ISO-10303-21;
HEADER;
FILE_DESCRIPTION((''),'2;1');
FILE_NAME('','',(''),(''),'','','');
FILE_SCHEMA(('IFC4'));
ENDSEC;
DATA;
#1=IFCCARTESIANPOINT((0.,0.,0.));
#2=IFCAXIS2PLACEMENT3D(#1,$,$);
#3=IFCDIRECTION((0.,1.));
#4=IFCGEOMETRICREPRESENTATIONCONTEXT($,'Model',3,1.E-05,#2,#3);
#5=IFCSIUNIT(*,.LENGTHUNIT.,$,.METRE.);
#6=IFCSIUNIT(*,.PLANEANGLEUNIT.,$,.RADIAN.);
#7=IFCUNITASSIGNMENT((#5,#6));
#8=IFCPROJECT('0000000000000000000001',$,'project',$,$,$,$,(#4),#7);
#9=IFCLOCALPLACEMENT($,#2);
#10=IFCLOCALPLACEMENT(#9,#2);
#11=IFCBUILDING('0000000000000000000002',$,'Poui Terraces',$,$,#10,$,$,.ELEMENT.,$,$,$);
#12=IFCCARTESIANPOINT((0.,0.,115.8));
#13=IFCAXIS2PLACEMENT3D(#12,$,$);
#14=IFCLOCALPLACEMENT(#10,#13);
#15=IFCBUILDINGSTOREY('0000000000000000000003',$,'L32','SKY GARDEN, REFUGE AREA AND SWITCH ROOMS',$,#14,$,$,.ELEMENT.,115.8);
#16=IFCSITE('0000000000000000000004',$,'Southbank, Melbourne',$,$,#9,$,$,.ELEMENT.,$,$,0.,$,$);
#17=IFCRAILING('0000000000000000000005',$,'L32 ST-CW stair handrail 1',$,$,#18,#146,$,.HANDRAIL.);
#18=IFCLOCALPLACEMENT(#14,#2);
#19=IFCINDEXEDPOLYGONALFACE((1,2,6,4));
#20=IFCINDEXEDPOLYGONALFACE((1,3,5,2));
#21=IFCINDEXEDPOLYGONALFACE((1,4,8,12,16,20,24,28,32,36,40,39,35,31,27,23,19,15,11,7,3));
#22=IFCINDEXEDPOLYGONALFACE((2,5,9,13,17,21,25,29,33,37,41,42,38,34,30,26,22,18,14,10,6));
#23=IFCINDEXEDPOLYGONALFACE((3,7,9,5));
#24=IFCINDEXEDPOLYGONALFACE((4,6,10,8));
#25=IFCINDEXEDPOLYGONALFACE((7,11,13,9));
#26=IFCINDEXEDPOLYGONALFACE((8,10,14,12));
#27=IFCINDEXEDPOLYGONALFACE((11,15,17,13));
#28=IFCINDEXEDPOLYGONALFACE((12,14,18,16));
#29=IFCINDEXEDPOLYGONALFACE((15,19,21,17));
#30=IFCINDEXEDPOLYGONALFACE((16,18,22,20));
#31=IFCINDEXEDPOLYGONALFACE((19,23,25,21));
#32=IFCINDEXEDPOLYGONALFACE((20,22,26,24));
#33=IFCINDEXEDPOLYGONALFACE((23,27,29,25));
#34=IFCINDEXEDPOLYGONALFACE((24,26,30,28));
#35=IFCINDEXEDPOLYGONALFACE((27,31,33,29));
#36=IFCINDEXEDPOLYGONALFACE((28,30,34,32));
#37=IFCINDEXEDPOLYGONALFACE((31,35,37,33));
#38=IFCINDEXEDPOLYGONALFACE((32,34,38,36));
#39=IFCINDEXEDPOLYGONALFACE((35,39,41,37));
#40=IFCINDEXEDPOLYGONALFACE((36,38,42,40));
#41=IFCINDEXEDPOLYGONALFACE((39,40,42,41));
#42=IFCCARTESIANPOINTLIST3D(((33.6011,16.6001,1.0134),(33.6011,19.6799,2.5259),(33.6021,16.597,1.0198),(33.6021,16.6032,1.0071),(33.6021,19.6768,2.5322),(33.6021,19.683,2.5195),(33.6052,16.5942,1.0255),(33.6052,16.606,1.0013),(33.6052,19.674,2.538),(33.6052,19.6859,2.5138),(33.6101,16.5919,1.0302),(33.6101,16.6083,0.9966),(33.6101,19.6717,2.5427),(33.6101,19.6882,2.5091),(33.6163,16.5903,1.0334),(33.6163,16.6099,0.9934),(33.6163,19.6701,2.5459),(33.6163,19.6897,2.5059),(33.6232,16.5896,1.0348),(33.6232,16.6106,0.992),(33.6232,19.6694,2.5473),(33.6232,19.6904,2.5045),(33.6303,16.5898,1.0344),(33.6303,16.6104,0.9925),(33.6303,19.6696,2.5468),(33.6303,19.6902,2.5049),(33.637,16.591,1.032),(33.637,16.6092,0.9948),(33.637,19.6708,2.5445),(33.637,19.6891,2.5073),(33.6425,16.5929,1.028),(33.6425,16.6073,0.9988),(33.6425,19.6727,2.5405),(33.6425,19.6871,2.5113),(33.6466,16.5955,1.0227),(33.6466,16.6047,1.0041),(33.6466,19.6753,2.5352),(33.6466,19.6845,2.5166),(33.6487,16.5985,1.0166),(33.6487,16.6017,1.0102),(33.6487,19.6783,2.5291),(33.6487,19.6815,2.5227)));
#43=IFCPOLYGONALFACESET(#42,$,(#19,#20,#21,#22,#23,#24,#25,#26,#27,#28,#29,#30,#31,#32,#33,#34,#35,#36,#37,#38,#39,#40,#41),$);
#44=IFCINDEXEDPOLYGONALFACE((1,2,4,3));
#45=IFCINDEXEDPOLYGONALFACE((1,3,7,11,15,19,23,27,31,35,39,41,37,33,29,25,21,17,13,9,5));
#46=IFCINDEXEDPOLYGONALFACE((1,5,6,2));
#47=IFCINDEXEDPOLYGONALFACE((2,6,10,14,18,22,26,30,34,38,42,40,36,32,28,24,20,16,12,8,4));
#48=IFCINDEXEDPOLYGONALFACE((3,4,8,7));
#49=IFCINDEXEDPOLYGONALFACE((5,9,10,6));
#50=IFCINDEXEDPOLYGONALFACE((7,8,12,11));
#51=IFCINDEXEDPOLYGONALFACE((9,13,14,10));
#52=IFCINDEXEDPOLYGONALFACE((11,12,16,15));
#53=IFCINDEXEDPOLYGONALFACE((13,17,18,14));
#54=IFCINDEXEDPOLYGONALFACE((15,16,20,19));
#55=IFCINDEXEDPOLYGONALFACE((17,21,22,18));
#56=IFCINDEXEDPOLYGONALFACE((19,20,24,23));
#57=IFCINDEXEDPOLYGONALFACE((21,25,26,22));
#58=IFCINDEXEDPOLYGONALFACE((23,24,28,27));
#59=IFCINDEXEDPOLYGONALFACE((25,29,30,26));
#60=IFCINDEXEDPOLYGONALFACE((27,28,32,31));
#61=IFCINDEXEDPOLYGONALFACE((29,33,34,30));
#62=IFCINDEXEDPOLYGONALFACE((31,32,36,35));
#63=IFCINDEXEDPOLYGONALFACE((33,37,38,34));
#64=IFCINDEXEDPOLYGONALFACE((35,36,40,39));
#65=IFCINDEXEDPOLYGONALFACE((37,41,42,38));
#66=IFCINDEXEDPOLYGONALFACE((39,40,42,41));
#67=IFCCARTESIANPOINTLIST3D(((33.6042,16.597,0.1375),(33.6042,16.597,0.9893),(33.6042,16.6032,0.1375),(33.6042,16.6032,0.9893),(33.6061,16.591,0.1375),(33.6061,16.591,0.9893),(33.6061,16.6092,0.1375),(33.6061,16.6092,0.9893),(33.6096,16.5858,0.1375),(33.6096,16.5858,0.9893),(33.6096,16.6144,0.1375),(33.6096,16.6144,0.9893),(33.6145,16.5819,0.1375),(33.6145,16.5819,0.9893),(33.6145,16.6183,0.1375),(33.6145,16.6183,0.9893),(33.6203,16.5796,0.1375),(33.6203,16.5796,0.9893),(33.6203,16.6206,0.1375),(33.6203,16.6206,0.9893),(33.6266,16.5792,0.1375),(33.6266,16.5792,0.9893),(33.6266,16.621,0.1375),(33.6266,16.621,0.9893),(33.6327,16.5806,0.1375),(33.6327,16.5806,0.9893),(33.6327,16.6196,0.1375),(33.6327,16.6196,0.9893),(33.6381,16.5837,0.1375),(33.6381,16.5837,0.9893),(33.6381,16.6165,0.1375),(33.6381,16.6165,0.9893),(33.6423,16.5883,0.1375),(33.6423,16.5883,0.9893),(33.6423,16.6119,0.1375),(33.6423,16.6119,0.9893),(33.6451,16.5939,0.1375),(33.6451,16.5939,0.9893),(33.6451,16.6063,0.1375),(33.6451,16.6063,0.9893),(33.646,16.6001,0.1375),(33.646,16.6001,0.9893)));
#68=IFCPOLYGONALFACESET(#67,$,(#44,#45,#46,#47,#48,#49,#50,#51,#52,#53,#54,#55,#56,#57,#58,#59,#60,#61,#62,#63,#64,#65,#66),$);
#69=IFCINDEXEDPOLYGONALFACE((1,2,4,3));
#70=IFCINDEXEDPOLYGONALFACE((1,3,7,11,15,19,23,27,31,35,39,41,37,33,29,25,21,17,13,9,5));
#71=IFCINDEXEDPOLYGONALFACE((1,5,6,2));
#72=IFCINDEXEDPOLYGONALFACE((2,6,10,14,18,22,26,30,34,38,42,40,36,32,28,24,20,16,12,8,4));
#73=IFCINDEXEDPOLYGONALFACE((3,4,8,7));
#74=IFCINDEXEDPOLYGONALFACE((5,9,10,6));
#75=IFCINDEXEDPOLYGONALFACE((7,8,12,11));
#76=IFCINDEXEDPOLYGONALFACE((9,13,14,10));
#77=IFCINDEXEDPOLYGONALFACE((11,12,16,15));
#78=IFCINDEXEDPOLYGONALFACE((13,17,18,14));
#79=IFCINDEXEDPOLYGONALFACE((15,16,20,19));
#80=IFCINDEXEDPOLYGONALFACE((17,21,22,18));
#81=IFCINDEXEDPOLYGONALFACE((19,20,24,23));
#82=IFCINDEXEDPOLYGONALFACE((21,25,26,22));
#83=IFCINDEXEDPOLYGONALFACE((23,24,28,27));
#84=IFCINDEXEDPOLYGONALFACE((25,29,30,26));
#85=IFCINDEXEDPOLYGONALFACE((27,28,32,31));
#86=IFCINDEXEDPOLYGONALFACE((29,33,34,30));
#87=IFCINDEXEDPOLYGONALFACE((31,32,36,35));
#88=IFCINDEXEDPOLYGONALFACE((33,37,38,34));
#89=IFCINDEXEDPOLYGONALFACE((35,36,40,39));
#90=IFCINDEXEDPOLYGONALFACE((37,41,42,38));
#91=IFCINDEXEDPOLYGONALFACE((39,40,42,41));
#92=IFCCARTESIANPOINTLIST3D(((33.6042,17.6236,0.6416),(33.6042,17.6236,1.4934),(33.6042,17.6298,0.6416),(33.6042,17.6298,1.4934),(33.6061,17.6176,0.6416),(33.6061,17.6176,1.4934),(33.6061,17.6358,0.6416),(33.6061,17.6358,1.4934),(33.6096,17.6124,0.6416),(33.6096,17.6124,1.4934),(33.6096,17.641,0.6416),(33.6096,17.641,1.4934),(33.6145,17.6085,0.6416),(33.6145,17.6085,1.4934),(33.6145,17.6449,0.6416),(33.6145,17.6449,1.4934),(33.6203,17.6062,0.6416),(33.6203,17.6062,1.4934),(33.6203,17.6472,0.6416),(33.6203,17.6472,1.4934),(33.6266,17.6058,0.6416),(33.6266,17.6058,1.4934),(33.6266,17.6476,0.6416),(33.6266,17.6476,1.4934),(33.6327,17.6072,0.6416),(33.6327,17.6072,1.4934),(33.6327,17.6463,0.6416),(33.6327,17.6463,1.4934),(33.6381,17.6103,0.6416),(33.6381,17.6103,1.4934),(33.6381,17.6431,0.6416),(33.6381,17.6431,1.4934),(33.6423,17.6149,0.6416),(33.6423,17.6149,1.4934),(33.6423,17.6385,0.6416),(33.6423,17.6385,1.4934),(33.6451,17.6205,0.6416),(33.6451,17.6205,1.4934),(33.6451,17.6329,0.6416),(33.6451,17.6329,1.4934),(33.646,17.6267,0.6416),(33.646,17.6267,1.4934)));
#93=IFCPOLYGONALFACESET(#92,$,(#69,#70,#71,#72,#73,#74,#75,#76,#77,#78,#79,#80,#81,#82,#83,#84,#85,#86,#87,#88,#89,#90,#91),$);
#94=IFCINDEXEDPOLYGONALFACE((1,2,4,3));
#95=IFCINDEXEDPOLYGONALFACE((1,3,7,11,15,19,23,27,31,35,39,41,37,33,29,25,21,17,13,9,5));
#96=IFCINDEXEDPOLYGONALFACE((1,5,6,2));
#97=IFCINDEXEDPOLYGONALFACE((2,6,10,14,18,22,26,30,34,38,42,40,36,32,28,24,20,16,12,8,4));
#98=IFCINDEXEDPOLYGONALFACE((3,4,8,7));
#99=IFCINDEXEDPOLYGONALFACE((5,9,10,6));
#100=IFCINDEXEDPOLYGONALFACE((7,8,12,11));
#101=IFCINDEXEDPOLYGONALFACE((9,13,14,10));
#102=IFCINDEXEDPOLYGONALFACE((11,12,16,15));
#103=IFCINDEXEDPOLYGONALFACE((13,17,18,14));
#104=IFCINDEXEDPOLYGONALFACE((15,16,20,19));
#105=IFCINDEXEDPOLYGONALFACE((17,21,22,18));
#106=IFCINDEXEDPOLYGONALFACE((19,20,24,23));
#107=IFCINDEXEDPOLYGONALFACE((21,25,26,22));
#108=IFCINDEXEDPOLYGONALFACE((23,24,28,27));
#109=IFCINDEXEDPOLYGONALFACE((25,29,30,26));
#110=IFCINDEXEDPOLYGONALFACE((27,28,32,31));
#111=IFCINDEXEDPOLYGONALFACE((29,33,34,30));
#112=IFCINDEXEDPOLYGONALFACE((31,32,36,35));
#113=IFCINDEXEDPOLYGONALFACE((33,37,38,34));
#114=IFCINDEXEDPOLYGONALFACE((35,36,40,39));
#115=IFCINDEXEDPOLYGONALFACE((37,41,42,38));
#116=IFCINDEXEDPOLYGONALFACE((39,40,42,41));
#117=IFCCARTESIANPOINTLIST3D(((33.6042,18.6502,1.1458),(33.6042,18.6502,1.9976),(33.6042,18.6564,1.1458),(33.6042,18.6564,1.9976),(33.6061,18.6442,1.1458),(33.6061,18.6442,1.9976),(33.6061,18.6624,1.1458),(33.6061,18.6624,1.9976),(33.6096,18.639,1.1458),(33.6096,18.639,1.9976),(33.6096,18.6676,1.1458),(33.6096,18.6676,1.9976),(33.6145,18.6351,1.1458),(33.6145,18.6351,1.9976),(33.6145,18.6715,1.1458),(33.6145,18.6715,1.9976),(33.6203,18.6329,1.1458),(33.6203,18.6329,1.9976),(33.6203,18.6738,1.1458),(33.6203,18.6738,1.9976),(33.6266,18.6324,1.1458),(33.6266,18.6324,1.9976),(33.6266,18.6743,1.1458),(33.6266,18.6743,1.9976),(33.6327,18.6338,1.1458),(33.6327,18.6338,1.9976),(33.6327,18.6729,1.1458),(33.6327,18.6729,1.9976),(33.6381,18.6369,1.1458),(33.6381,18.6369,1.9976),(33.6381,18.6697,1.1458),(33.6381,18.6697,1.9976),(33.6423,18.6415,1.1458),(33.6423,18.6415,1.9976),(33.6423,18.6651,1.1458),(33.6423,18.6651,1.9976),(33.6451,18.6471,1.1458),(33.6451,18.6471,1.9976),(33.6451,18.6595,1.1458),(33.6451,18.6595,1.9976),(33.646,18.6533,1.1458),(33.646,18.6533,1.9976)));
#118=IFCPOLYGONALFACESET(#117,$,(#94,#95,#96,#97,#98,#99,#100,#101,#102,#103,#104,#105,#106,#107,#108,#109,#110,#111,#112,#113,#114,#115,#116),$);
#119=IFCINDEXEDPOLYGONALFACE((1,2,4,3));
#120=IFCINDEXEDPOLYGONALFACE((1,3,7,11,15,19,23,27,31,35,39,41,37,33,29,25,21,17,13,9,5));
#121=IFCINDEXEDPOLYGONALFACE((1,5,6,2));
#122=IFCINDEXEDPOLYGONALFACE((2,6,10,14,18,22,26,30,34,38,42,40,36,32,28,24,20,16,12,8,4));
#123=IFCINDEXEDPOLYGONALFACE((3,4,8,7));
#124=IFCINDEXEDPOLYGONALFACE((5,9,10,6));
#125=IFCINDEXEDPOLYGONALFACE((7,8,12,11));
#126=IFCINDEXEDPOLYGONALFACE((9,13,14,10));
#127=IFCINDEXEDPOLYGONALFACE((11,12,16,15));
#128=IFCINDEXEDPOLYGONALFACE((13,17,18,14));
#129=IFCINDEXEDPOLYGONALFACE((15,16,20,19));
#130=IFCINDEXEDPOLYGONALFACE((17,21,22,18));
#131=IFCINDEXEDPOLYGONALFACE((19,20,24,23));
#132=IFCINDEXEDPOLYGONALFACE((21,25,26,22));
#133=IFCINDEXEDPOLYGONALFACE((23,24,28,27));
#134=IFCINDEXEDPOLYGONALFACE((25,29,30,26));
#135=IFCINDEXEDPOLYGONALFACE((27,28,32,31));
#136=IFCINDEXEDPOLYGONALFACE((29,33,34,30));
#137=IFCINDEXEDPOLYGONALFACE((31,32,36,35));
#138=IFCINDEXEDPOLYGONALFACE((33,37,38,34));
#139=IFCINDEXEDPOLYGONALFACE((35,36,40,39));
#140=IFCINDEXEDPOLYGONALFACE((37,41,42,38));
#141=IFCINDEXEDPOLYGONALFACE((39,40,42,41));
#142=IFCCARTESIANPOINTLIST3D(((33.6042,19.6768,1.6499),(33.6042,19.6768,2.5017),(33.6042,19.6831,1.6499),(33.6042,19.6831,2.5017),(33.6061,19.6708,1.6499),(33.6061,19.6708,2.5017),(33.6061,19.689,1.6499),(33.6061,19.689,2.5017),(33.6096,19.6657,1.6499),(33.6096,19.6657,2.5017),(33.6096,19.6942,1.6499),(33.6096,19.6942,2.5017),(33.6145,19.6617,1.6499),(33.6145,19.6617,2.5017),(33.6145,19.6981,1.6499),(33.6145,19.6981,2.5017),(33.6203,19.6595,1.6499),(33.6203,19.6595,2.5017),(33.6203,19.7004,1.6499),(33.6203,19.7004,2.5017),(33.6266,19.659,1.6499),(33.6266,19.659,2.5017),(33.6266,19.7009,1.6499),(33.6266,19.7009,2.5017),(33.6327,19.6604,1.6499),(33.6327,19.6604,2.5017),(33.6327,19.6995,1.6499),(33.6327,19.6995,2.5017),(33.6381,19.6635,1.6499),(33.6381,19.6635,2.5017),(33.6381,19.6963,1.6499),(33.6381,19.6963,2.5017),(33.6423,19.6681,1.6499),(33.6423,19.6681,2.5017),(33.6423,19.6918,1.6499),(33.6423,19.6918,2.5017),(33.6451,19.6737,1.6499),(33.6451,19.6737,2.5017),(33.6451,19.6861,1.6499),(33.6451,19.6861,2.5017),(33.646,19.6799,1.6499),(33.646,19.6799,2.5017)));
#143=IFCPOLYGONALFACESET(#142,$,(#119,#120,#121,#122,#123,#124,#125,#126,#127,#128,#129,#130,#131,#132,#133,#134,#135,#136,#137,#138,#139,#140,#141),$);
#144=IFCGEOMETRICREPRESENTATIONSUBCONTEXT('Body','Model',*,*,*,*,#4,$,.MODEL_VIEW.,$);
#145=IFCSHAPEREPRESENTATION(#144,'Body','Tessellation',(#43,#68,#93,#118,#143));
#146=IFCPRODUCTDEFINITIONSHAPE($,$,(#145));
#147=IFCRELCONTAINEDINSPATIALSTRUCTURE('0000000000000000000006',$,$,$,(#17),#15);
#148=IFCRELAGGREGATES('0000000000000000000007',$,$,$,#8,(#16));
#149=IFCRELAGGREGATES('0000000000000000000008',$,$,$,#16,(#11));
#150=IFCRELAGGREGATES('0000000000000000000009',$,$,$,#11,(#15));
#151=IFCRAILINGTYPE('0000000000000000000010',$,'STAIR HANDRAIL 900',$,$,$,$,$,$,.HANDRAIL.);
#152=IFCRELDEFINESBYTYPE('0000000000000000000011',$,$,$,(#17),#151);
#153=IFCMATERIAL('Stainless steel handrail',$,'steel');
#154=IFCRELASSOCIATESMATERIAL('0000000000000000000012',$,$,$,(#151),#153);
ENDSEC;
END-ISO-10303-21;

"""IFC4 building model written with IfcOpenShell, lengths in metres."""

from ifc_helpers import new_model, si_unit, direction, frame, origin, origin_2d, place, context, subcontext, project, spatial, circle, extrude, material, type_object, element, save


model = new_model("IFC4")

# Units and contexts
model_context = context("Model", 3, precision=1e-05, world=origin(), true_north=direction((0.0, 1.0)))
body_context = subcontext(model_context, "Body", "Model", "MODEL_VIEW")
ifc_project = project(units=[si_unit("LENGTHUNIT", "METRE"), si_unit("PLANEANGLEUNIT", "RADIAN")], contexts=[model_context])

# Site, building, storey
site_placement = place(None, origin())
site = spatial("IfcSite", under=ifc_project, at=site_placement, Name="Southbank, Melbourne", CompositionType="ELEMENT", RefElevation=0.0)
building_placement = place(site_placement, origin())
building = spatial("IfcBuilding", under=site, at=building_placement, Name="Poui Terraces", CompositionType="ELEMENT")
storey_placement = place(building_placement, frame((0.0, 0.0, 115.8)))
storey = spatial("IfcBuildingStorey", under=building, at=storey_placement, Name="L32", Description="SKY GARDEN, REFUGE AREA AND SWITCH ROOMS", CompositionType="ELEMENT", Elevation=115.8)

# Railing
ifc_material_1 = material(Name="Stainless steel handrail", Category="steel")
railing_type = type_object("IfcRailingType", Name="STAIR HANDRAIL 900", PredefinedType="HANDRAIL", material=ifc_material_1)
for number, where, name in (
    (1, (33.625, 16.6001, 0.1375), "L32 ST-CW stair handrail 1"),
):
    element("IfcRailing", number, at=place(storey_placement, frame(where)), inside=storey, type_object=railing_type, Name=name, PredefinedType="HANDRAIL", context=body_context, shape_type="SweptSolid", body=[
        extrude(circle(Radius=0.0239, at=origin_2d()), frame((0.0, 0.0, 0.876), z_axis=(0.0, 0.897606, 0.440798), x_axis=(-1.0, 0.0, 0.0)), (0.0, 0.0, 1.0), 3.4312),
        extrude(circle(Radius=0.021, at=origin_2d()), origin(), (0.0, 0.0, 1.0), 0.8518),
        extrude(circle(Radius=0.021, at=origin_2d()), frame((0.0, 1.0266, 0.5042)), (0.0, 0.0, 1.0), 0.8518),
        extrude(circle(Radius=0.021, at=origin_2d()), frame((0.0, 2.0532, 1.0083)), (0.0, 0.0, 1.0), 0.8518),
        extrude(circle(Radius=0.021, at=origin_2d()), frame((0.0, 3.0798, 1.5125)), (0.0, 0.0, 1.0), 0.8518),
    ])

save(model, "model.ifc")
